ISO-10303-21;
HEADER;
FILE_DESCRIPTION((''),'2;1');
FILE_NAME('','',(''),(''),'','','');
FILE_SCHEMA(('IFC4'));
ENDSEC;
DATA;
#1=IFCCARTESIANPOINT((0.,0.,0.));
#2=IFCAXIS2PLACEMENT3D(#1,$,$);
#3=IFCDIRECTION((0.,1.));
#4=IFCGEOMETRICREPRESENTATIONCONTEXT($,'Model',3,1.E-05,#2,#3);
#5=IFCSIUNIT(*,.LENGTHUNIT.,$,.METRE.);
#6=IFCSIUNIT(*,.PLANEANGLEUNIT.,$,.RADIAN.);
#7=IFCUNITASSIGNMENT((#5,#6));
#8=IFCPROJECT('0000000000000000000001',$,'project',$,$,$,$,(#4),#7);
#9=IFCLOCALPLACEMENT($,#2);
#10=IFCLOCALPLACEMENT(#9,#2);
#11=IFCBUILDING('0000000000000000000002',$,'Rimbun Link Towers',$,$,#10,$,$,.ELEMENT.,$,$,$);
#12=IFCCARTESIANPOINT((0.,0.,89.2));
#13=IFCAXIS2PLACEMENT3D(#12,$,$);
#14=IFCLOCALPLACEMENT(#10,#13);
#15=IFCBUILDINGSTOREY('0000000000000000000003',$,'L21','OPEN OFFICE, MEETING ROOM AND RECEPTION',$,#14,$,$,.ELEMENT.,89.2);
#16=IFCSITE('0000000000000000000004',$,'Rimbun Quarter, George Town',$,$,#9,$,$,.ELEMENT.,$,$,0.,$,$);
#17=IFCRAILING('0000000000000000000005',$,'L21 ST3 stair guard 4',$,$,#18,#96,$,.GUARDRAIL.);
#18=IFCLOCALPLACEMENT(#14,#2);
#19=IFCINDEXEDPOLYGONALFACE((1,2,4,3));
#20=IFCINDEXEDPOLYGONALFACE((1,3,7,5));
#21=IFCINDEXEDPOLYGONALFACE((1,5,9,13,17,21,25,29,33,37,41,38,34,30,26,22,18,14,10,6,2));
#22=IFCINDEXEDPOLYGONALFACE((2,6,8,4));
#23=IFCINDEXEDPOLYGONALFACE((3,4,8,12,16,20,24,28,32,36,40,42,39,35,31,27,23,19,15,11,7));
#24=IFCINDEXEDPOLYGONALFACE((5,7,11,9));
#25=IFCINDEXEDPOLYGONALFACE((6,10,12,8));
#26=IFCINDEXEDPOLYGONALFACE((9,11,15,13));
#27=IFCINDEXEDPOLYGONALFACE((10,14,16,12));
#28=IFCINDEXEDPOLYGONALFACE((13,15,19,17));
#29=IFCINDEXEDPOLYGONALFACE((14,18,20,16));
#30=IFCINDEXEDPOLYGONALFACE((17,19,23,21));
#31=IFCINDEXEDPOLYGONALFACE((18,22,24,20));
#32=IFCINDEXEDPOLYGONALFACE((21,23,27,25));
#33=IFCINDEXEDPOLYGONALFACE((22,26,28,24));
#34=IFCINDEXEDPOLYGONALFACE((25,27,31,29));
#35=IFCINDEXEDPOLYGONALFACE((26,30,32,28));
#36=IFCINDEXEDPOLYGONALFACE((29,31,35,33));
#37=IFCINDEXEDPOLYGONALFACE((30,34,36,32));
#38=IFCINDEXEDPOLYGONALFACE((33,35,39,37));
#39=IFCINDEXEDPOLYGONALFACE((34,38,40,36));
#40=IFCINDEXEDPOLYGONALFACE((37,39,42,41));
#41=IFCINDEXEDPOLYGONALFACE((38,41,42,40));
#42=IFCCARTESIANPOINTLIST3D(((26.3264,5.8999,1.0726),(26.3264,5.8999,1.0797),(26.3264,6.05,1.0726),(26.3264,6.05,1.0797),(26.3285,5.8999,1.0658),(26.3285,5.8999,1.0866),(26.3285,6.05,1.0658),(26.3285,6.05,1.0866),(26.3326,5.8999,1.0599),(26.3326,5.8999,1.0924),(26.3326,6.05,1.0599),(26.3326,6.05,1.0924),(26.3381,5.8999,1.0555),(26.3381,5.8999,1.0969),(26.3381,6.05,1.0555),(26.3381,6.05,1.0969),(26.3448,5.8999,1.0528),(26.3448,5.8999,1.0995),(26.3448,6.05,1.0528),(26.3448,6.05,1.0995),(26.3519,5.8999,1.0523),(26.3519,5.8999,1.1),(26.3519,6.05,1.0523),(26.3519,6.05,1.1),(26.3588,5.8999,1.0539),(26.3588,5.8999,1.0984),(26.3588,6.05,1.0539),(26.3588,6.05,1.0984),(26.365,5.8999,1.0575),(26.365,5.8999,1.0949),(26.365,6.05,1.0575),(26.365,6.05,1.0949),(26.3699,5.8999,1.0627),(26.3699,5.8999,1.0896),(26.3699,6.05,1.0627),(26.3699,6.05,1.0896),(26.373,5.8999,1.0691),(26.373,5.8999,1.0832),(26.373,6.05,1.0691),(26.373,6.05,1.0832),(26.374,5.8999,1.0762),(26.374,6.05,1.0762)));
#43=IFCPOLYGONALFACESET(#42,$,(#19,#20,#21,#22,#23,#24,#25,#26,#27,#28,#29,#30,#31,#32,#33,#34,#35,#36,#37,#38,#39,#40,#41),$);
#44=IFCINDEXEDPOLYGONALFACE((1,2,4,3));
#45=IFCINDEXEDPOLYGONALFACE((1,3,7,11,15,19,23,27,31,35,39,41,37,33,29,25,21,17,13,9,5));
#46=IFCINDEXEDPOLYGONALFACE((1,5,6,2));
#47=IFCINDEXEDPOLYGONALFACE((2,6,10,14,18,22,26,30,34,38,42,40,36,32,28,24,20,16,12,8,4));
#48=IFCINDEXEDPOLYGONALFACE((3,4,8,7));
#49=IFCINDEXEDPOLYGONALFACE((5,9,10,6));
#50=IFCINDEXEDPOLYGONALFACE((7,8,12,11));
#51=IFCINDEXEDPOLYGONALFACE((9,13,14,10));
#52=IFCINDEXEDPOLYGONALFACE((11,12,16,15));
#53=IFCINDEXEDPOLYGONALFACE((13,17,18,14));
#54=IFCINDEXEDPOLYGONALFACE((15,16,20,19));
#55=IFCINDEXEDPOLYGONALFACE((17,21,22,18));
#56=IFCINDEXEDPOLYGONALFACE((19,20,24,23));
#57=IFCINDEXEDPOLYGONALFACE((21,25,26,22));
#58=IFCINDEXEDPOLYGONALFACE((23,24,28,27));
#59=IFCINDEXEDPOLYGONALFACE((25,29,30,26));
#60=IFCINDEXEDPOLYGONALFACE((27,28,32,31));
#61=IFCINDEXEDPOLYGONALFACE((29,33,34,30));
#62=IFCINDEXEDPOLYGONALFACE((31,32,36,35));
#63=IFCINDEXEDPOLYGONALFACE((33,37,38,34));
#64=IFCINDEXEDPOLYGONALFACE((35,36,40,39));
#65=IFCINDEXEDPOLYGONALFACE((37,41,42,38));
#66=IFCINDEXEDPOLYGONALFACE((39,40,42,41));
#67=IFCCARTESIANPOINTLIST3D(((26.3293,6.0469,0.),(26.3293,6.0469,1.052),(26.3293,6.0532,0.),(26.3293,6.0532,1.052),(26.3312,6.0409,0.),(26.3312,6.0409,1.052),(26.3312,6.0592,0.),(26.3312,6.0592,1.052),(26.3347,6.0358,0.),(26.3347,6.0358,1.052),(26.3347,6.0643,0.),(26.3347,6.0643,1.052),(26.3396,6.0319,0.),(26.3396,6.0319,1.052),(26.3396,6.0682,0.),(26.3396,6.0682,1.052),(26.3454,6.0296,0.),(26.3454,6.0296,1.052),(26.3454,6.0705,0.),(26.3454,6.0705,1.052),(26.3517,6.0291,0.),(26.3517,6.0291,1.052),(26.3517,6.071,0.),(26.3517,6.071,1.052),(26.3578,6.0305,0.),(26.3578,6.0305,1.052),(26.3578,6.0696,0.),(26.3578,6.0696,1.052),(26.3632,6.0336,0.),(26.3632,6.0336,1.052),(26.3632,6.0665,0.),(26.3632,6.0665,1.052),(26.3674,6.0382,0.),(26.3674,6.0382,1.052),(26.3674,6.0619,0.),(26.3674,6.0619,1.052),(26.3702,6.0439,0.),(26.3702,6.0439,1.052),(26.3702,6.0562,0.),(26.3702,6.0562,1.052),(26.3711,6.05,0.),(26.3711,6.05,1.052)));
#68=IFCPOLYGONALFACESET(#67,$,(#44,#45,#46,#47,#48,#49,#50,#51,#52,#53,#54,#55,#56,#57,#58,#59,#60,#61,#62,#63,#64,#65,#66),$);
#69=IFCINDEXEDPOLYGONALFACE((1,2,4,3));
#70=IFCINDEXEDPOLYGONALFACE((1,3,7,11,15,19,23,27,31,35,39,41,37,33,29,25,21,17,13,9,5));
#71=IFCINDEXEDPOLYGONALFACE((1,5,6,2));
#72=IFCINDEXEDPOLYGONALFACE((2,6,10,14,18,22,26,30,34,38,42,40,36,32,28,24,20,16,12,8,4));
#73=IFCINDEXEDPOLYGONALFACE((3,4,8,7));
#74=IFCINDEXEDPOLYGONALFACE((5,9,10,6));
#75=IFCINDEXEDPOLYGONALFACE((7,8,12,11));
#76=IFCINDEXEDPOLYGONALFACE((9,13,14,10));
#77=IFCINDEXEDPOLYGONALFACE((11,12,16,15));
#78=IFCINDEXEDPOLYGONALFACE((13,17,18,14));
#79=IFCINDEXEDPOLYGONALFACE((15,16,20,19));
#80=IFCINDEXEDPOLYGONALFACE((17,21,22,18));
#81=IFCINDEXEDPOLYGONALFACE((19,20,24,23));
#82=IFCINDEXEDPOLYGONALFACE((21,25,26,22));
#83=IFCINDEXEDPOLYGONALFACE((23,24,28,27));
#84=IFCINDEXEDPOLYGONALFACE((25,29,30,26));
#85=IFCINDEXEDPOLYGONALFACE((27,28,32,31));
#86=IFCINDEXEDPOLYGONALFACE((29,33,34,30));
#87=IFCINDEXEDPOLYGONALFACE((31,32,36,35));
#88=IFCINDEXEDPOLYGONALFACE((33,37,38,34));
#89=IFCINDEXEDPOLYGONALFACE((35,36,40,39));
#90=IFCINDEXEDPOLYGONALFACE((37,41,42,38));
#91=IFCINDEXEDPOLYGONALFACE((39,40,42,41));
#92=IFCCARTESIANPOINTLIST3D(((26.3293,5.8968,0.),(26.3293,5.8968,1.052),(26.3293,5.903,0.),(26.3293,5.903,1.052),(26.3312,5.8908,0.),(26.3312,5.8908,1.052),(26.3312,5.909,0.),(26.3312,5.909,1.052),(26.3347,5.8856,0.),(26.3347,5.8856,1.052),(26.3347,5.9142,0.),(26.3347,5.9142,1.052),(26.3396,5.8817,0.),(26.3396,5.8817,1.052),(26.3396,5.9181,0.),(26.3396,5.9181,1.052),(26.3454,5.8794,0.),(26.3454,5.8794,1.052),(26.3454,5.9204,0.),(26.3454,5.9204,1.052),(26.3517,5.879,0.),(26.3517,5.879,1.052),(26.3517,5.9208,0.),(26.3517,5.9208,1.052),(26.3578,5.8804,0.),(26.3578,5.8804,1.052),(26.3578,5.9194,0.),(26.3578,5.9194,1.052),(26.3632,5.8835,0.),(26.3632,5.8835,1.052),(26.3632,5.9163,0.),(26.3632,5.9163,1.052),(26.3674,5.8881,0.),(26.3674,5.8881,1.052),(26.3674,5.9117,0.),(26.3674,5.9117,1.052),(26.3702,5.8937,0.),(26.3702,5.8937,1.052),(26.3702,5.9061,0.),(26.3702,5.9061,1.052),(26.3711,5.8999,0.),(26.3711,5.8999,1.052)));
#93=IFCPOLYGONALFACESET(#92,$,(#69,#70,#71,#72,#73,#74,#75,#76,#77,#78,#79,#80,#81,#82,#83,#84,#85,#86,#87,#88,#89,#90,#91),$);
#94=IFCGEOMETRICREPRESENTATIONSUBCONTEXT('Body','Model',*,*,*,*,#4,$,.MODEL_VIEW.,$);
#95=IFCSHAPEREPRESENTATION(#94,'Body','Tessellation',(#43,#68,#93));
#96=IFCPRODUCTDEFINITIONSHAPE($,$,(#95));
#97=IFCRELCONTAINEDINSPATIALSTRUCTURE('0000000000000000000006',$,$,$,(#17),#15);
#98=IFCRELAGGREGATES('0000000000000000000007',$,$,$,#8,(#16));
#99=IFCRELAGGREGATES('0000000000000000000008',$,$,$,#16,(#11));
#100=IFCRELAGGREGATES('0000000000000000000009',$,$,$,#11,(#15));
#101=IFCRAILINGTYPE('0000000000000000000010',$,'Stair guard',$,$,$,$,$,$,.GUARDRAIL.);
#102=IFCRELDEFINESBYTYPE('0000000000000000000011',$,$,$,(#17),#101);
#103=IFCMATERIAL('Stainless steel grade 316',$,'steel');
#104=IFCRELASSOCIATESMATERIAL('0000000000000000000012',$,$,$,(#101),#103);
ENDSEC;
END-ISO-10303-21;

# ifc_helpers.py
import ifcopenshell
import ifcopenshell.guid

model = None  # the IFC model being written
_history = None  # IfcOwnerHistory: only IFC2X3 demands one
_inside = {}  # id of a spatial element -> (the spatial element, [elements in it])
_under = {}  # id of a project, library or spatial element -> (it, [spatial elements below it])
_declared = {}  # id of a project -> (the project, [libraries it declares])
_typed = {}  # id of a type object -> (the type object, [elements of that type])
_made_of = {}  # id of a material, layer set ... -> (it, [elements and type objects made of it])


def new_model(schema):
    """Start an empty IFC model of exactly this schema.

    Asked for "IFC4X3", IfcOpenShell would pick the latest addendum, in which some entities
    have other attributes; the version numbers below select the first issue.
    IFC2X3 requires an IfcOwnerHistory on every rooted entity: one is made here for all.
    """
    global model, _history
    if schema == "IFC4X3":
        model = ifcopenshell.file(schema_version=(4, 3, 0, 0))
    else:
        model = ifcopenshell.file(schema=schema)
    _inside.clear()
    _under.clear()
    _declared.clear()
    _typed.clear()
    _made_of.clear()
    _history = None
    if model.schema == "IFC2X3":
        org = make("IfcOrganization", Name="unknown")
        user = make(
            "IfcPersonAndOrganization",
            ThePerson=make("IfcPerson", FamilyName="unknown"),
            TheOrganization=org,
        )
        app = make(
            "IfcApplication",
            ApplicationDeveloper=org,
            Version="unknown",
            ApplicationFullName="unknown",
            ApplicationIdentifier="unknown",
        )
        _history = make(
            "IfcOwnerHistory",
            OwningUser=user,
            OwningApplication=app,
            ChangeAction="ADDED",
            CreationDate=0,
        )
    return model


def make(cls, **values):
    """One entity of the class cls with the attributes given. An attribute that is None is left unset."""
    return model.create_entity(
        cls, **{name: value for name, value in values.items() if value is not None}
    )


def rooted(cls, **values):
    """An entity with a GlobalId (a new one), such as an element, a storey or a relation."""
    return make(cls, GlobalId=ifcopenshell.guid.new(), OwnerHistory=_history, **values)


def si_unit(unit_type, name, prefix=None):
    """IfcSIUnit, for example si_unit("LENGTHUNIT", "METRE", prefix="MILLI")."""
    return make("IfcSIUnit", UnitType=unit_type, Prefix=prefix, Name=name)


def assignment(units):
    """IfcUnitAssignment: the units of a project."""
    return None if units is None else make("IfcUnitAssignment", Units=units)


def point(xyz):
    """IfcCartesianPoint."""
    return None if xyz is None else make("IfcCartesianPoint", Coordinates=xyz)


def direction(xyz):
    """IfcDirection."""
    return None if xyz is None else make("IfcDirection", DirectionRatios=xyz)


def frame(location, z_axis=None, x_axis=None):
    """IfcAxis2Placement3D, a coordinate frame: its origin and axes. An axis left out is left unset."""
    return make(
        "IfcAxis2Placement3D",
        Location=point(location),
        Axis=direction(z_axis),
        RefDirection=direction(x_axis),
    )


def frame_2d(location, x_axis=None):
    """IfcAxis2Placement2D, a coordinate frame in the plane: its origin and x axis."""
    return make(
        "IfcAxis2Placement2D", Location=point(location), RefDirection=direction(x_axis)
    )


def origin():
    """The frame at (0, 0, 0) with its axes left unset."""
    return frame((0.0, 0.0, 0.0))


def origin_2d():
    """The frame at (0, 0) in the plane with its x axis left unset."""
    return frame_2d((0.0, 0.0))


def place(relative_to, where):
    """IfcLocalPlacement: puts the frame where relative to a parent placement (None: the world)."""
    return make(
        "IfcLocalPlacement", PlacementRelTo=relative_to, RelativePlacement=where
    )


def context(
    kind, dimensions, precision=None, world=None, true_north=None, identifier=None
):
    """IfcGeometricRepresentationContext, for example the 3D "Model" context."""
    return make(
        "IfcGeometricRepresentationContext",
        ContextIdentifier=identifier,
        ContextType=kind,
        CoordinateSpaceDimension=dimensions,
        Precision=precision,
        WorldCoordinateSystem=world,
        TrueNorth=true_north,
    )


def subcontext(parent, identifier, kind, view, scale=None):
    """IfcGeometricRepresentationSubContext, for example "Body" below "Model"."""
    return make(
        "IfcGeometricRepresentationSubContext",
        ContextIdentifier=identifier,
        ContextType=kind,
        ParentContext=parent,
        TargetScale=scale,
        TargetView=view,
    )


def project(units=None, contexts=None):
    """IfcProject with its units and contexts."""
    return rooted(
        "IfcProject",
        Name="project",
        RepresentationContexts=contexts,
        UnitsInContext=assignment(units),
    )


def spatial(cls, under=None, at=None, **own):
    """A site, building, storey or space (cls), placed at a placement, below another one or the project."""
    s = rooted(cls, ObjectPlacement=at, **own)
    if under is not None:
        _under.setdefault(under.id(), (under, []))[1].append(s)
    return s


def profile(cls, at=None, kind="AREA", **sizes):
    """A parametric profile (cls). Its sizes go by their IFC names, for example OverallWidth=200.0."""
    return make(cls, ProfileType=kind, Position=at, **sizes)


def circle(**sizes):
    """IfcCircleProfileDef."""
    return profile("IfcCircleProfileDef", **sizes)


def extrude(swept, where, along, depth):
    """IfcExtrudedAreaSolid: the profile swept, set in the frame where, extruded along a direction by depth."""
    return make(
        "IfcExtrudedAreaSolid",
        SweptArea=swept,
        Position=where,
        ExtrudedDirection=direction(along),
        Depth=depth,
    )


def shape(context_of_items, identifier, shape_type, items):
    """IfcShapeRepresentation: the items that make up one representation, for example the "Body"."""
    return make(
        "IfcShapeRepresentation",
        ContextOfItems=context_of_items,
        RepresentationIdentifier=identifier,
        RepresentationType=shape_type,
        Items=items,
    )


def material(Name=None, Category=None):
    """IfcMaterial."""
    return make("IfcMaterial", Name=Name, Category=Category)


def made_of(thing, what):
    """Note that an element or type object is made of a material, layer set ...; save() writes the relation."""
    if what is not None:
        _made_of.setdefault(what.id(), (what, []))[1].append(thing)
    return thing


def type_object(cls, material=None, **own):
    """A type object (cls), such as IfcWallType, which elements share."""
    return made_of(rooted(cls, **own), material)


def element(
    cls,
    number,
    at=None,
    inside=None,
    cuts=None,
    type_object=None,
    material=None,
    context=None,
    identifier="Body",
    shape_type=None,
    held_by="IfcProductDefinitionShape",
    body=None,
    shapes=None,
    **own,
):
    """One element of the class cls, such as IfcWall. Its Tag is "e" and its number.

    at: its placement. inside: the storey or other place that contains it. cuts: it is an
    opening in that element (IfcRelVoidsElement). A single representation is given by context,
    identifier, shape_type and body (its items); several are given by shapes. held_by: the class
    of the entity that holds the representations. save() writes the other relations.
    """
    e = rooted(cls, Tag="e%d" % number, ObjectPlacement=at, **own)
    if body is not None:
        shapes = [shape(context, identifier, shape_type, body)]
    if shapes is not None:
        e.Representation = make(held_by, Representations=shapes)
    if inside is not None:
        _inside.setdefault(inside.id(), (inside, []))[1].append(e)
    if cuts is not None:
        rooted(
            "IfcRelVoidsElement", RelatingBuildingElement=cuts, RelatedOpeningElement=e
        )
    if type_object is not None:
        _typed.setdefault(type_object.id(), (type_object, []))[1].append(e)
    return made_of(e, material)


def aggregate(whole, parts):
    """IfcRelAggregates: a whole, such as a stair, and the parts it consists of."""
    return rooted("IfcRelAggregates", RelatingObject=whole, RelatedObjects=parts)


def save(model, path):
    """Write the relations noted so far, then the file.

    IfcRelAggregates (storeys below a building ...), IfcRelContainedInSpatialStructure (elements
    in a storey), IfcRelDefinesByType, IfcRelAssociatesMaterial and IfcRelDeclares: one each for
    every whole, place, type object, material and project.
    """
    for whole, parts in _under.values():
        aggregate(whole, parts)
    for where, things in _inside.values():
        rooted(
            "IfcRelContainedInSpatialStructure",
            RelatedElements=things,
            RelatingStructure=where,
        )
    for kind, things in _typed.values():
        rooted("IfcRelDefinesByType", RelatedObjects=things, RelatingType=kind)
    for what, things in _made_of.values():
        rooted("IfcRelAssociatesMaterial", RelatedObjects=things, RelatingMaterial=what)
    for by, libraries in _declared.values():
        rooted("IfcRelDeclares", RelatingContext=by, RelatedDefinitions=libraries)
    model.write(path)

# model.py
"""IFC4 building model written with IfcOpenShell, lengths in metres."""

from ifc_helpers import new_model, si_unit, direction, frame, origin, origin_2d, place, context, subcontext, project, spatial, circle, extrude, material, type_object, element, save


model = new_model("IFC4")

# Units and contexts
model_context = context("Model", 3, precision=1e-05, world=origin(), true_north=direction((0.0, 1.0)))
body_context = subcontext(model_context, "Body", "Model", "MODEL_VIEW")
ifc_project = project(units=[si_unit("LENGTHUNIT", "METRE"), si_unit("PLANEANGLEUNIT", "RADIAN")], contexts=[model_context])

# Site, building, storey
site_placement = place(None, origin())
site = spatial("IfcSite", under=ifc_project, at=site_placement, Name="Rimbun Quarter, George Town", CompositionType="ELEMENT", RefElevation=0.0)
building_placement = place(site_placement, origin())
building = spatial("IfcBuilding", under=site, at=building_placement, Name="Rimbun Link Towers", CompositionType="ELEMENT")
storey_placement = place(building_placement, frame((0.0, 0.0, 89.2)))
storey = spatial("IfcBuildingStorey", under=building, at=storey_placement, Name="L21", Description="OPEN OFFICE, MEETING ROOM AND RECEPTION", CompositionType="ELEMENT", Elevation=89.2)

# Railing
ifc_material_1 = material(Name="Stainless steel grade 316", Category="steel")
railing_type_1 = type_object("IfcRailingType", Name="Stair guard", PredefinedType="GUARDRAIL", material=ifc_material_1)
railing_1_placement = place(storey_placement, frame((26.3501, 6.05, 0.0)))
element("IfcRailing", 1, at=railing_1_placement, inside=storey, type_object=railing_type_1, Name="L21 ST3 stair guard 4", PredefinedType="GUARDRAIL", context=body_context, shape_type="SweptSolid", body=[
    extrude(circle(Radius=0.0239, at=origin_2d()), frame((0.0, 0.0, 1.0762), z_axis=(0.0, -1.0, 0.0), x_axis=(1.0, 0.0, 0.0)), (0.0, 0.0, 1.0), 0.1501),
    extrude(circle(Radius=0.021, at=origin_2d()), origin(), (0.0, 0.0, 1.0), 1.052),
    extrude(circle(Radius=0.021, at=origin_2d()), frame((0.0, -0.1501, 0.0)), (0.0, 0.0, 1.0), 1.052),
])

save(model, "model.ifc")
